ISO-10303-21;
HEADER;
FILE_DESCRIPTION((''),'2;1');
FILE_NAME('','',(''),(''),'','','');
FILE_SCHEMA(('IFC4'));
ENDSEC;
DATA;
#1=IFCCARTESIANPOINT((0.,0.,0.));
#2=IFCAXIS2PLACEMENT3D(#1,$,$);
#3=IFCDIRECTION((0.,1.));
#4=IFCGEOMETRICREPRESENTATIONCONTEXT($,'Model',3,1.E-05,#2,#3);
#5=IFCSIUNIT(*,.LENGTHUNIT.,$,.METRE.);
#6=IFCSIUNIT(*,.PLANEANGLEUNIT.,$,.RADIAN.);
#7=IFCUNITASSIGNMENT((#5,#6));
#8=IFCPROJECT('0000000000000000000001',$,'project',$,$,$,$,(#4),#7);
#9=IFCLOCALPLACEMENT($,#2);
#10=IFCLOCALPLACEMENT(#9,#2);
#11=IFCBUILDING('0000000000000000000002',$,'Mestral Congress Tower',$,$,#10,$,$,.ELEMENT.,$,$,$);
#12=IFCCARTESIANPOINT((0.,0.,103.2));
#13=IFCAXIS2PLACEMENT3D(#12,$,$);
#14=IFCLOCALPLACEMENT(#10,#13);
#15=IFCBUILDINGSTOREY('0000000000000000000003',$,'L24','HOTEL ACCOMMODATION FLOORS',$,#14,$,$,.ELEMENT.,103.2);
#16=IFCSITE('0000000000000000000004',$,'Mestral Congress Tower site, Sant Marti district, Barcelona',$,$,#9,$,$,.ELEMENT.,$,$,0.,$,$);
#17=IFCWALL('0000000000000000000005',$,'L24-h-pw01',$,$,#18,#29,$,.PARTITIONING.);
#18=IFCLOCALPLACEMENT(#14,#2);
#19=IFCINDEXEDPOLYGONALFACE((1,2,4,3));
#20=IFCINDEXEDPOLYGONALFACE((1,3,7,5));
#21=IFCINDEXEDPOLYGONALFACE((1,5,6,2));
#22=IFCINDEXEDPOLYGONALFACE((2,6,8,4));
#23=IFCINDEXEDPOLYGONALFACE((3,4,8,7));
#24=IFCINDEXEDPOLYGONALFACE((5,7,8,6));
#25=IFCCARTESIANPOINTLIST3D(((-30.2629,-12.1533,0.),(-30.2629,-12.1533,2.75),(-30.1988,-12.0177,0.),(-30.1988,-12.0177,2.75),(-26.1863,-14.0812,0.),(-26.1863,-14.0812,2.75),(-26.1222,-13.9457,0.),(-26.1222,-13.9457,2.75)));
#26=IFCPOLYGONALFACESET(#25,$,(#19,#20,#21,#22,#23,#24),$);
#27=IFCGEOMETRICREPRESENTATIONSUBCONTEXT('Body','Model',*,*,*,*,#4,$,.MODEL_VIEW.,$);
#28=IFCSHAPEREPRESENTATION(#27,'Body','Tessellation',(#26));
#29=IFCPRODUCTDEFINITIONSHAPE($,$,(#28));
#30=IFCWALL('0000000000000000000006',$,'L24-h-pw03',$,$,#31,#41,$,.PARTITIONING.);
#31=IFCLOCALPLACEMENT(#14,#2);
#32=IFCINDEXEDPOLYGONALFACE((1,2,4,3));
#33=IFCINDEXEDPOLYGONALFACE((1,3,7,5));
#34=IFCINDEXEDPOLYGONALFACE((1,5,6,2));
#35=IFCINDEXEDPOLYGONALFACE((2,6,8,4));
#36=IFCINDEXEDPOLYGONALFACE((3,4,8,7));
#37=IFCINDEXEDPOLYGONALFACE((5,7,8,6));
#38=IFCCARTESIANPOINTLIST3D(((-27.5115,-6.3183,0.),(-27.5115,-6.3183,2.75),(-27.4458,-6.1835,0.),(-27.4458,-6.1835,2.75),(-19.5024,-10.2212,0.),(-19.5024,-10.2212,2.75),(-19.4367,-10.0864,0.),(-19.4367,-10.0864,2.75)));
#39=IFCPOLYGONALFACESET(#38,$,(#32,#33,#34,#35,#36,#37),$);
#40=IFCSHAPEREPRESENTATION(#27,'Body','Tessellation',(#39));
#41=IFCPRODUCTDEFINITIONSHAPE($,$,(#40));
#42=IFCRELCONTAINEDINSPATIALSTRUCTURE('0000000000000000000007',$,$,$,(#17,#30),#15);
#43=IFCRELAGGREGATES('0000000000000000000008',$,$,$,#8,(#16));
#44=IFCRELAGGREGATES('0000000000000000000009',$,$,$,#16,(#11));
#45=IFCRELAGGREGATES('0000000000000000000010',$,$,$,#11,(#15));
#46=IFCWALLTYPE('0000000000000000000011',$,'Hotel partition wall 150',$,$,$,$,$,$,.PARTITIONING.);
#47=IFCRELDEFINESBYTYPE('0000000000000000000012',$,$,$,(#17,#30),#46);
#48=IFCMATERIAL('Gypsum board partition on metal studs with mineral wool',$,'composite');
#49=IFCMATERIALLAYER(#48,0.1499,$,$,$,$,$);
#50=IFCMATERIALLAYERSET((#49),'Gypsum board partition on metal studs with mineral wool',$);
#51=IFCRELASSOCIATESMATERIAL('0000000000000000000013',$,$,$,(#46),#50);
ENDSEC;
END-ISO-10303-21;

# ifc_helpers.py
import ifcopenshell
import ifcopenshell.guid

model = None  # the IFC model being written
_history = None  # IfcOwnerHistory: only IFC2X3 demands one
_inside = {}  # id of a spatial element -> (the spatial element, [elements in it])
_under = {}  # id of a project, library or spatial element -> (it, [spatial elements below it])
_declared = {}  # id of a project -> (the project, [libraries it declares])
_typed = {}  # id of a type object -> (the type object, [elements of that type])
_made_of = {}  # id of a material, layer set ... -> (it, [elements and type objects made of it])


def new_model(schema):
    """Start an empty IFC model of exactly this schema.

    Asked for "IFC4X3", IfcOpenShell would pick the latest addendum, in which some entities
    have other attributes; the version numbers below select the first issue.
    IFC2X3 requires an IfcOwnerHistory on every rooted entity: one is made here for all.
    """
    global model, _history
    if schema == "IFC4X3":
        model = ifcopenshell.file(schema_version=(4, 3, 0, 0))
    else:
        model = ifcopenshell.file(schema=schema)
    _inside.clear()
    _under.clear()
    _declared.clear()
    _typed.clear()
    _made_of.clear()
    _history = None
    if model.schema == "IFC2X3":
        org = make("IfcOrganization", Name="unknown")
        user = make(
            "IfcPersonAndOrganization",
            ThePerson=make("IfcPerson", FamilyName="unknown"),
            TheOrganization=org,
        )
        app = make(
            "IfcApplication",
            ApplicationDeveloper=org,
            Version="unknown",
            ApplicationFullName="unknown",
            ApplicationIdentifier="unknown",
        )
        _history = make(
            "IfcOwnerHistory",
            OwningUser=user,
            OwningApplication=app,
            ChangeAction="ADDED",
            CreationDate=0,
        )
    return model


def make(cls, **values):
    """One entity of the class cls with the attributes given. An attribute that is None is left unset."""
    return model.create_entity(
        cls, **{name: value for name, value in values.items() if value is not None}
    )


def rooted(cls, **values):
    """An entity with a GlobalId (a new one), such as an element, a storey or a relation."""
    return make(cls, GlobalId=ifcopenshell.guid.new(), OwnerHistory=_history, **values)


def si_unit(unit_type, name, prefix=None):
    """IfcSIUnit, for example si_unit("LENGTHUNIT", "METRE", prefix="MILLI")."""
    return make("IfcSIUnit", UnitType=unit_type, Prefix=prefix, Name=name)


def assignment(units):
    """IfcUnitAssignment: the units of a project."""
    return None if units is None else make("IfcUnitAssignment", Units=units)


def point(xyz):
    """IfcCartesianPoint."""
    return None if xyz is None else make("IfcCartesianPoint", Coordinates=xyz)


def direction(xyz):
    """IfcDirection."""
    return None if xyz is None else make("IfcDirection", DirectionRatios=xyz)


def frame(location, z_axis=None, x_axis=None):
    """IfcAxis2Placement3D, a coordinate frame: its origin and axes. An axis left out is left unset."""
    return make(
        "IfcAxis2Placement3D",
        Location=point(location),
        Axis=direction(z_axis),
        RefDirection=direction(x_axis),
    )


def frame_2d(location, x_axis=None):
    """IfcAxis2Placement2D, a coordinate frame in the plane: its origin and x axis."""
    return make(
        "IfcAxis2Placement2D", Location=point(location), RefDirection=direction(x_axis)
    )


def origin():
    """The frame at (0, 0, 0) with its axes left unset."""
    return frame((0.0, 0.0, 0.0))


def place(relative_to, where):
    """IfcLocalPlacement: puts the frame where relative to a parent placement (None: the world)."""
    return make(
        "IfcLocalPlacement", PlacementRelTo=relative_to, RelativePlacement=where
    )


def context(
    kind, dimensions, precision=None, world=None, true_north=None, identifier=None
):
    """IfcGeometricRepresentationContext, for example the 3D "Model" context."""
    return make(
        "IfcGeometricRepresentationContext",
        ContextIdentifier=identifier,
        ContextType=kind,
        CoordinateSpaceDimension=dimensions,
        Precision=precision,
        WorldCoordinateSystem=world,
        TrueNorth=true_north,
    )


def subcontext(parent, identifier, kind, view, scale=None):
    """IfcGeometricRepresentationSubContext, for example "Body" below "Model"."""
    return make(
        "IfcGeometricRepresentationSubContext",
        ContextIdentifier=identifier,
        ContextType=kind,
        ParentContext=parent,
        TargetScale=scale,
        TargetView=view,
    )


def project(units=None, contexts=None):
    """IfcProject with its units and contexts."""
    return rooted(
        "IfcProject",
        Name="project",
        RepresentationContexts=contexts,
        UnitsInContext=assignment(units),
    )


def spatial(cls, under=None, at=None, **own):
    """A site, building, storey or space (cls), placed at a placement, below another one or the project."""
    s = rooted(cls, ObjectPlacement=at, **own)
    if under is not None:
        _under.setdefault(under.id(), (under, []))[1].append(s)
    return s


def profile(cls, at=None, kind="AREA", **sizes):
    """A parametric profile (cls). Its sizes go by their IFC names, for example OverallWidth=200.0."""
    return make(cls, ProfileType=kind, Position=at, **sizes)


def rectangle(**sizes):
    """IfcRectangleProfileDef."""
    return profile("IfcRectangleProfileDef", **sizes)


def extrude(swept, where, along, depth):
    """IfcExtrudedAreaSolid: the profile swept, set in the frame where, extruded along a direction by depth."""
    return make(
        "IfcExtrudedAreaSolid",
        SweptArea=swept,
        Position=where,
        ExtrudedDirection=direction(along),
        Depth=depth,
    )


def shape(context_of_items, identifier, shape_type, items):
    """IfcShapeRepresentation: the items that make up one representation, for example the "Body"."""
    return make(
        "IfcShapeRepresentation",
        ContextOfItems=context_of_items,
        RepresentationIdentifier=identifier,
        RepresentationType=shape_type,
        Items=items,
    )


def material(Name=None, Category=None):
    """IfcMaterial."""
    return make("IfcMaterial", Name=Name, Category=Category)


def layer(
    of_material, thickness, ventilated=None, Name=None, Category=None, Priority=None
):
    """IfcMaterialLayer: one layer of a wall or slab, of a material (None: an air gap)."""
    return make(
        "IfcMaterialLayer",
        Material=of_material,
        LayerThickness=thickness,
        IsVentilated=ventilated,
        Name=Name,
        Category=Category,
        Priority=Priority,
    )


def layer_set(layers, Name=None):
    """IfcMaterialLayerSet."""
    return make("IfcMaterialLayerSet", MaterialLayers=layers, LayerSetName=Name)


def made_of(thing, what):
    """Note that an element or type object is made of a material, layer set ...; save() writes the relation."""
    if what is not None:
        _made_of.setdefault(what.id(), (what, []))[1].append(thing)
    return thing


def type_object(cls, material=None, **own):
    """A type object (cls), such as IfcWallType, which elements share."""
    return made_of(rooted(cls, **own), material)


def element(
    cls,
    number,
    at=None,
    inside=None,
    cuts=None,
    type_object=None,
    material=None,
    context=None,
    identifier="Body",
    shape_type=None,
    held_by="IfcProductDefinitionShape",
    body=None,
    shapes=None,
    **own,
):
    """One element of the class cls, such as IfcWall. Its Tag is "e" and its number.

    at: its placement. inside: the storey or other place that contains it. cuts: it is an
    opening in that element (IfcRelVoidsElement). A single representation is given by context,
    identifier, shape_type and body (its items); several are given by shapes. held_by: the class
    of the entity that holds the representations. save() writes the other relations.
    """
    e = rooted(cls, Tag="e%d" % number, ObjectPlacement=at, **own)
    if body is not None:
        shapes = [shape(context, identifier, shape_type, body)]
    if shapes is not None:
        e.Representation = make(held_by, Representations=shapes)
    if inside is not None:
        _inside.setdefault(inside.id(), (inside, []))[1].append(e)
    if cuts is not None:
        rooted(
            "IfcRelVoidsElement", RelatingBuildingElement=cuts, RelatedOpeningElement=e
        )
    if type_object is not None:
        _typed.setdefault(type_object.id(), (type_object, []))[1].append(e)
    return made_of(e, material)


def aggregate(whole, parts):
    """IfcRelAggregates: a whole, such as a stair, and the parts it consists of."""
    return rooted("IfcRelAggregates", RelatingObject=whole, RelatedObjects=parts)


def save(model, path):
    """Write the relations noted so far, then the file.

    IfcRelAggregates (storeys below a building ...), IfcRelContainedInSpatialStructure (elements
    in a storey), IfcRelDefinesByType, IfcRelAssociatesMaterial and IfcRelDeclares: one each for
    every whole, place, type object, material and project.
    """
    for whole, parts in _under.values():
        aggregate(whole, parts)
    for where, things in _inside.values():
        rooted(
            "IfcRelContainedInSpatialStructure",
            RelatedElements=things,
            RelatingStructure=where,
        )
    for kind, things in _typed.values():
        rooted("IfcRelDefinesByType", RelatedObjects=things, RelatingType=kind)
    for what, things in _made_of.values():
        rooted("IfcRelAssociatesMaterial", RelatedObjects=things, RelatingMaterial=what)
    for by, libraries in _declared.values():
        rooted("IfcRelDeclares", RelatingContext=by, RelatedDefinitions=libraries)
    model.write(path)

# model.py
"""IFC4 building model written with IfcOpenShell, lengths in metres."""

from ifc_helpers import new_model, si_unit, direction, frame, frame_2d, origin, place, context, subcontext, project, spatial, rectangle, extrude, material, layer, layer_set, type_object, element, save


model = new_model("IFC4")

# Units and contexts
model_context = context("Model", 3, precision=1e-05, world=origin(), true_north=direction((0.0, 1.0)))
body_context = subcontext(model_context, "Body", "Model", "MODEL_VIEW")
ifc_project = project(units=[si_unit("LENGTHUNIT", "METRE"), si_unit("PLANEANGLEUNIT", "RADIAN")], contexts=[model_context])

# Site, building, storey
site_placement = place(None, origin())
site = spatial("IfcSite", under=ifc_project, at=site_placement, Name="Mestral Congress Tower site, Sant Marti district, Barcelona", CompositionType="ELEMENT", RefElevation=0.0)
building_placement = place(site_placement, origin())
building = spatial("IfcBuilding", under=site, at=building_placement, Name="Mestral Congress Tower", CompositionType="ELEMENT")
storey_placement = place(building_placement, frame((0.0, 0.0, 103.2)))
storey = spatial("IfcBuildingStorey", under=building, at=storey_placement, Name="L24", Description="HOTEL ACCOMMODATION FLOORS", CompositionType="ELEMENT", Elevation=103.2)

# Walls
ifc_material_1 = material(Name="Gypsum board partition on metal studs with mineral wool", Category="composite")
ifc_layer_1 = layer(ifc_material_1, 0.1499)
ifc_layer_set_1 = layer_set([ifc_layer_1], Name="Gypsum board partition on metal studs with mineral wool")
wall_type_1 = type_object("IfcWallType", Name="Hotel partition wall 150", PredefinedType="PARTITIONING", material=ifc_layer_set_1)
wall_1_placement = place(storey_placement, frame((-30.231, -12.0854, 0.0), z_axis=(0.0, 0.0, 1.0), x_axis=(0.904001, -0.42753, 0.0)))
element("IfcWall", 1, at=wall_1_placement, inside=storey, type_object=wall_type_1, Name="L24-h-pw01", PredefinedType="PARTITIONING", context=body_context, shape_type="SweptSolid", body=[
    extrude(rectangle(XDim=4.5095, YDim=0.1499, at=frame_2d((2.2549, 0.0))), origin(), (0.0, 0.0, 1.0), 2.75),
])
wall_2_placement = place(storey_placement, frame((-27.4785, -6.251, 0.0), z_axis=(0.0, 0.0, 1.0), x_axis=(0.898946, -0.43806, 0.0)))
element("IfcWall", 2, at=wall_2_placement, inside=storey, type_object=wall_type_1, Name="L24-h-pw03", PredefinedType="PARTITIONING", context=body_context, shape_type="SweptSolid", body=[
    extrude(rectangle(XDim=8.9094, YDim=0.1499, at=frame_2d((4.4546, 0.0))), origin(), (0.0, 0.0, 1.0), 2.75),
])

save(model, "model.ifc")
